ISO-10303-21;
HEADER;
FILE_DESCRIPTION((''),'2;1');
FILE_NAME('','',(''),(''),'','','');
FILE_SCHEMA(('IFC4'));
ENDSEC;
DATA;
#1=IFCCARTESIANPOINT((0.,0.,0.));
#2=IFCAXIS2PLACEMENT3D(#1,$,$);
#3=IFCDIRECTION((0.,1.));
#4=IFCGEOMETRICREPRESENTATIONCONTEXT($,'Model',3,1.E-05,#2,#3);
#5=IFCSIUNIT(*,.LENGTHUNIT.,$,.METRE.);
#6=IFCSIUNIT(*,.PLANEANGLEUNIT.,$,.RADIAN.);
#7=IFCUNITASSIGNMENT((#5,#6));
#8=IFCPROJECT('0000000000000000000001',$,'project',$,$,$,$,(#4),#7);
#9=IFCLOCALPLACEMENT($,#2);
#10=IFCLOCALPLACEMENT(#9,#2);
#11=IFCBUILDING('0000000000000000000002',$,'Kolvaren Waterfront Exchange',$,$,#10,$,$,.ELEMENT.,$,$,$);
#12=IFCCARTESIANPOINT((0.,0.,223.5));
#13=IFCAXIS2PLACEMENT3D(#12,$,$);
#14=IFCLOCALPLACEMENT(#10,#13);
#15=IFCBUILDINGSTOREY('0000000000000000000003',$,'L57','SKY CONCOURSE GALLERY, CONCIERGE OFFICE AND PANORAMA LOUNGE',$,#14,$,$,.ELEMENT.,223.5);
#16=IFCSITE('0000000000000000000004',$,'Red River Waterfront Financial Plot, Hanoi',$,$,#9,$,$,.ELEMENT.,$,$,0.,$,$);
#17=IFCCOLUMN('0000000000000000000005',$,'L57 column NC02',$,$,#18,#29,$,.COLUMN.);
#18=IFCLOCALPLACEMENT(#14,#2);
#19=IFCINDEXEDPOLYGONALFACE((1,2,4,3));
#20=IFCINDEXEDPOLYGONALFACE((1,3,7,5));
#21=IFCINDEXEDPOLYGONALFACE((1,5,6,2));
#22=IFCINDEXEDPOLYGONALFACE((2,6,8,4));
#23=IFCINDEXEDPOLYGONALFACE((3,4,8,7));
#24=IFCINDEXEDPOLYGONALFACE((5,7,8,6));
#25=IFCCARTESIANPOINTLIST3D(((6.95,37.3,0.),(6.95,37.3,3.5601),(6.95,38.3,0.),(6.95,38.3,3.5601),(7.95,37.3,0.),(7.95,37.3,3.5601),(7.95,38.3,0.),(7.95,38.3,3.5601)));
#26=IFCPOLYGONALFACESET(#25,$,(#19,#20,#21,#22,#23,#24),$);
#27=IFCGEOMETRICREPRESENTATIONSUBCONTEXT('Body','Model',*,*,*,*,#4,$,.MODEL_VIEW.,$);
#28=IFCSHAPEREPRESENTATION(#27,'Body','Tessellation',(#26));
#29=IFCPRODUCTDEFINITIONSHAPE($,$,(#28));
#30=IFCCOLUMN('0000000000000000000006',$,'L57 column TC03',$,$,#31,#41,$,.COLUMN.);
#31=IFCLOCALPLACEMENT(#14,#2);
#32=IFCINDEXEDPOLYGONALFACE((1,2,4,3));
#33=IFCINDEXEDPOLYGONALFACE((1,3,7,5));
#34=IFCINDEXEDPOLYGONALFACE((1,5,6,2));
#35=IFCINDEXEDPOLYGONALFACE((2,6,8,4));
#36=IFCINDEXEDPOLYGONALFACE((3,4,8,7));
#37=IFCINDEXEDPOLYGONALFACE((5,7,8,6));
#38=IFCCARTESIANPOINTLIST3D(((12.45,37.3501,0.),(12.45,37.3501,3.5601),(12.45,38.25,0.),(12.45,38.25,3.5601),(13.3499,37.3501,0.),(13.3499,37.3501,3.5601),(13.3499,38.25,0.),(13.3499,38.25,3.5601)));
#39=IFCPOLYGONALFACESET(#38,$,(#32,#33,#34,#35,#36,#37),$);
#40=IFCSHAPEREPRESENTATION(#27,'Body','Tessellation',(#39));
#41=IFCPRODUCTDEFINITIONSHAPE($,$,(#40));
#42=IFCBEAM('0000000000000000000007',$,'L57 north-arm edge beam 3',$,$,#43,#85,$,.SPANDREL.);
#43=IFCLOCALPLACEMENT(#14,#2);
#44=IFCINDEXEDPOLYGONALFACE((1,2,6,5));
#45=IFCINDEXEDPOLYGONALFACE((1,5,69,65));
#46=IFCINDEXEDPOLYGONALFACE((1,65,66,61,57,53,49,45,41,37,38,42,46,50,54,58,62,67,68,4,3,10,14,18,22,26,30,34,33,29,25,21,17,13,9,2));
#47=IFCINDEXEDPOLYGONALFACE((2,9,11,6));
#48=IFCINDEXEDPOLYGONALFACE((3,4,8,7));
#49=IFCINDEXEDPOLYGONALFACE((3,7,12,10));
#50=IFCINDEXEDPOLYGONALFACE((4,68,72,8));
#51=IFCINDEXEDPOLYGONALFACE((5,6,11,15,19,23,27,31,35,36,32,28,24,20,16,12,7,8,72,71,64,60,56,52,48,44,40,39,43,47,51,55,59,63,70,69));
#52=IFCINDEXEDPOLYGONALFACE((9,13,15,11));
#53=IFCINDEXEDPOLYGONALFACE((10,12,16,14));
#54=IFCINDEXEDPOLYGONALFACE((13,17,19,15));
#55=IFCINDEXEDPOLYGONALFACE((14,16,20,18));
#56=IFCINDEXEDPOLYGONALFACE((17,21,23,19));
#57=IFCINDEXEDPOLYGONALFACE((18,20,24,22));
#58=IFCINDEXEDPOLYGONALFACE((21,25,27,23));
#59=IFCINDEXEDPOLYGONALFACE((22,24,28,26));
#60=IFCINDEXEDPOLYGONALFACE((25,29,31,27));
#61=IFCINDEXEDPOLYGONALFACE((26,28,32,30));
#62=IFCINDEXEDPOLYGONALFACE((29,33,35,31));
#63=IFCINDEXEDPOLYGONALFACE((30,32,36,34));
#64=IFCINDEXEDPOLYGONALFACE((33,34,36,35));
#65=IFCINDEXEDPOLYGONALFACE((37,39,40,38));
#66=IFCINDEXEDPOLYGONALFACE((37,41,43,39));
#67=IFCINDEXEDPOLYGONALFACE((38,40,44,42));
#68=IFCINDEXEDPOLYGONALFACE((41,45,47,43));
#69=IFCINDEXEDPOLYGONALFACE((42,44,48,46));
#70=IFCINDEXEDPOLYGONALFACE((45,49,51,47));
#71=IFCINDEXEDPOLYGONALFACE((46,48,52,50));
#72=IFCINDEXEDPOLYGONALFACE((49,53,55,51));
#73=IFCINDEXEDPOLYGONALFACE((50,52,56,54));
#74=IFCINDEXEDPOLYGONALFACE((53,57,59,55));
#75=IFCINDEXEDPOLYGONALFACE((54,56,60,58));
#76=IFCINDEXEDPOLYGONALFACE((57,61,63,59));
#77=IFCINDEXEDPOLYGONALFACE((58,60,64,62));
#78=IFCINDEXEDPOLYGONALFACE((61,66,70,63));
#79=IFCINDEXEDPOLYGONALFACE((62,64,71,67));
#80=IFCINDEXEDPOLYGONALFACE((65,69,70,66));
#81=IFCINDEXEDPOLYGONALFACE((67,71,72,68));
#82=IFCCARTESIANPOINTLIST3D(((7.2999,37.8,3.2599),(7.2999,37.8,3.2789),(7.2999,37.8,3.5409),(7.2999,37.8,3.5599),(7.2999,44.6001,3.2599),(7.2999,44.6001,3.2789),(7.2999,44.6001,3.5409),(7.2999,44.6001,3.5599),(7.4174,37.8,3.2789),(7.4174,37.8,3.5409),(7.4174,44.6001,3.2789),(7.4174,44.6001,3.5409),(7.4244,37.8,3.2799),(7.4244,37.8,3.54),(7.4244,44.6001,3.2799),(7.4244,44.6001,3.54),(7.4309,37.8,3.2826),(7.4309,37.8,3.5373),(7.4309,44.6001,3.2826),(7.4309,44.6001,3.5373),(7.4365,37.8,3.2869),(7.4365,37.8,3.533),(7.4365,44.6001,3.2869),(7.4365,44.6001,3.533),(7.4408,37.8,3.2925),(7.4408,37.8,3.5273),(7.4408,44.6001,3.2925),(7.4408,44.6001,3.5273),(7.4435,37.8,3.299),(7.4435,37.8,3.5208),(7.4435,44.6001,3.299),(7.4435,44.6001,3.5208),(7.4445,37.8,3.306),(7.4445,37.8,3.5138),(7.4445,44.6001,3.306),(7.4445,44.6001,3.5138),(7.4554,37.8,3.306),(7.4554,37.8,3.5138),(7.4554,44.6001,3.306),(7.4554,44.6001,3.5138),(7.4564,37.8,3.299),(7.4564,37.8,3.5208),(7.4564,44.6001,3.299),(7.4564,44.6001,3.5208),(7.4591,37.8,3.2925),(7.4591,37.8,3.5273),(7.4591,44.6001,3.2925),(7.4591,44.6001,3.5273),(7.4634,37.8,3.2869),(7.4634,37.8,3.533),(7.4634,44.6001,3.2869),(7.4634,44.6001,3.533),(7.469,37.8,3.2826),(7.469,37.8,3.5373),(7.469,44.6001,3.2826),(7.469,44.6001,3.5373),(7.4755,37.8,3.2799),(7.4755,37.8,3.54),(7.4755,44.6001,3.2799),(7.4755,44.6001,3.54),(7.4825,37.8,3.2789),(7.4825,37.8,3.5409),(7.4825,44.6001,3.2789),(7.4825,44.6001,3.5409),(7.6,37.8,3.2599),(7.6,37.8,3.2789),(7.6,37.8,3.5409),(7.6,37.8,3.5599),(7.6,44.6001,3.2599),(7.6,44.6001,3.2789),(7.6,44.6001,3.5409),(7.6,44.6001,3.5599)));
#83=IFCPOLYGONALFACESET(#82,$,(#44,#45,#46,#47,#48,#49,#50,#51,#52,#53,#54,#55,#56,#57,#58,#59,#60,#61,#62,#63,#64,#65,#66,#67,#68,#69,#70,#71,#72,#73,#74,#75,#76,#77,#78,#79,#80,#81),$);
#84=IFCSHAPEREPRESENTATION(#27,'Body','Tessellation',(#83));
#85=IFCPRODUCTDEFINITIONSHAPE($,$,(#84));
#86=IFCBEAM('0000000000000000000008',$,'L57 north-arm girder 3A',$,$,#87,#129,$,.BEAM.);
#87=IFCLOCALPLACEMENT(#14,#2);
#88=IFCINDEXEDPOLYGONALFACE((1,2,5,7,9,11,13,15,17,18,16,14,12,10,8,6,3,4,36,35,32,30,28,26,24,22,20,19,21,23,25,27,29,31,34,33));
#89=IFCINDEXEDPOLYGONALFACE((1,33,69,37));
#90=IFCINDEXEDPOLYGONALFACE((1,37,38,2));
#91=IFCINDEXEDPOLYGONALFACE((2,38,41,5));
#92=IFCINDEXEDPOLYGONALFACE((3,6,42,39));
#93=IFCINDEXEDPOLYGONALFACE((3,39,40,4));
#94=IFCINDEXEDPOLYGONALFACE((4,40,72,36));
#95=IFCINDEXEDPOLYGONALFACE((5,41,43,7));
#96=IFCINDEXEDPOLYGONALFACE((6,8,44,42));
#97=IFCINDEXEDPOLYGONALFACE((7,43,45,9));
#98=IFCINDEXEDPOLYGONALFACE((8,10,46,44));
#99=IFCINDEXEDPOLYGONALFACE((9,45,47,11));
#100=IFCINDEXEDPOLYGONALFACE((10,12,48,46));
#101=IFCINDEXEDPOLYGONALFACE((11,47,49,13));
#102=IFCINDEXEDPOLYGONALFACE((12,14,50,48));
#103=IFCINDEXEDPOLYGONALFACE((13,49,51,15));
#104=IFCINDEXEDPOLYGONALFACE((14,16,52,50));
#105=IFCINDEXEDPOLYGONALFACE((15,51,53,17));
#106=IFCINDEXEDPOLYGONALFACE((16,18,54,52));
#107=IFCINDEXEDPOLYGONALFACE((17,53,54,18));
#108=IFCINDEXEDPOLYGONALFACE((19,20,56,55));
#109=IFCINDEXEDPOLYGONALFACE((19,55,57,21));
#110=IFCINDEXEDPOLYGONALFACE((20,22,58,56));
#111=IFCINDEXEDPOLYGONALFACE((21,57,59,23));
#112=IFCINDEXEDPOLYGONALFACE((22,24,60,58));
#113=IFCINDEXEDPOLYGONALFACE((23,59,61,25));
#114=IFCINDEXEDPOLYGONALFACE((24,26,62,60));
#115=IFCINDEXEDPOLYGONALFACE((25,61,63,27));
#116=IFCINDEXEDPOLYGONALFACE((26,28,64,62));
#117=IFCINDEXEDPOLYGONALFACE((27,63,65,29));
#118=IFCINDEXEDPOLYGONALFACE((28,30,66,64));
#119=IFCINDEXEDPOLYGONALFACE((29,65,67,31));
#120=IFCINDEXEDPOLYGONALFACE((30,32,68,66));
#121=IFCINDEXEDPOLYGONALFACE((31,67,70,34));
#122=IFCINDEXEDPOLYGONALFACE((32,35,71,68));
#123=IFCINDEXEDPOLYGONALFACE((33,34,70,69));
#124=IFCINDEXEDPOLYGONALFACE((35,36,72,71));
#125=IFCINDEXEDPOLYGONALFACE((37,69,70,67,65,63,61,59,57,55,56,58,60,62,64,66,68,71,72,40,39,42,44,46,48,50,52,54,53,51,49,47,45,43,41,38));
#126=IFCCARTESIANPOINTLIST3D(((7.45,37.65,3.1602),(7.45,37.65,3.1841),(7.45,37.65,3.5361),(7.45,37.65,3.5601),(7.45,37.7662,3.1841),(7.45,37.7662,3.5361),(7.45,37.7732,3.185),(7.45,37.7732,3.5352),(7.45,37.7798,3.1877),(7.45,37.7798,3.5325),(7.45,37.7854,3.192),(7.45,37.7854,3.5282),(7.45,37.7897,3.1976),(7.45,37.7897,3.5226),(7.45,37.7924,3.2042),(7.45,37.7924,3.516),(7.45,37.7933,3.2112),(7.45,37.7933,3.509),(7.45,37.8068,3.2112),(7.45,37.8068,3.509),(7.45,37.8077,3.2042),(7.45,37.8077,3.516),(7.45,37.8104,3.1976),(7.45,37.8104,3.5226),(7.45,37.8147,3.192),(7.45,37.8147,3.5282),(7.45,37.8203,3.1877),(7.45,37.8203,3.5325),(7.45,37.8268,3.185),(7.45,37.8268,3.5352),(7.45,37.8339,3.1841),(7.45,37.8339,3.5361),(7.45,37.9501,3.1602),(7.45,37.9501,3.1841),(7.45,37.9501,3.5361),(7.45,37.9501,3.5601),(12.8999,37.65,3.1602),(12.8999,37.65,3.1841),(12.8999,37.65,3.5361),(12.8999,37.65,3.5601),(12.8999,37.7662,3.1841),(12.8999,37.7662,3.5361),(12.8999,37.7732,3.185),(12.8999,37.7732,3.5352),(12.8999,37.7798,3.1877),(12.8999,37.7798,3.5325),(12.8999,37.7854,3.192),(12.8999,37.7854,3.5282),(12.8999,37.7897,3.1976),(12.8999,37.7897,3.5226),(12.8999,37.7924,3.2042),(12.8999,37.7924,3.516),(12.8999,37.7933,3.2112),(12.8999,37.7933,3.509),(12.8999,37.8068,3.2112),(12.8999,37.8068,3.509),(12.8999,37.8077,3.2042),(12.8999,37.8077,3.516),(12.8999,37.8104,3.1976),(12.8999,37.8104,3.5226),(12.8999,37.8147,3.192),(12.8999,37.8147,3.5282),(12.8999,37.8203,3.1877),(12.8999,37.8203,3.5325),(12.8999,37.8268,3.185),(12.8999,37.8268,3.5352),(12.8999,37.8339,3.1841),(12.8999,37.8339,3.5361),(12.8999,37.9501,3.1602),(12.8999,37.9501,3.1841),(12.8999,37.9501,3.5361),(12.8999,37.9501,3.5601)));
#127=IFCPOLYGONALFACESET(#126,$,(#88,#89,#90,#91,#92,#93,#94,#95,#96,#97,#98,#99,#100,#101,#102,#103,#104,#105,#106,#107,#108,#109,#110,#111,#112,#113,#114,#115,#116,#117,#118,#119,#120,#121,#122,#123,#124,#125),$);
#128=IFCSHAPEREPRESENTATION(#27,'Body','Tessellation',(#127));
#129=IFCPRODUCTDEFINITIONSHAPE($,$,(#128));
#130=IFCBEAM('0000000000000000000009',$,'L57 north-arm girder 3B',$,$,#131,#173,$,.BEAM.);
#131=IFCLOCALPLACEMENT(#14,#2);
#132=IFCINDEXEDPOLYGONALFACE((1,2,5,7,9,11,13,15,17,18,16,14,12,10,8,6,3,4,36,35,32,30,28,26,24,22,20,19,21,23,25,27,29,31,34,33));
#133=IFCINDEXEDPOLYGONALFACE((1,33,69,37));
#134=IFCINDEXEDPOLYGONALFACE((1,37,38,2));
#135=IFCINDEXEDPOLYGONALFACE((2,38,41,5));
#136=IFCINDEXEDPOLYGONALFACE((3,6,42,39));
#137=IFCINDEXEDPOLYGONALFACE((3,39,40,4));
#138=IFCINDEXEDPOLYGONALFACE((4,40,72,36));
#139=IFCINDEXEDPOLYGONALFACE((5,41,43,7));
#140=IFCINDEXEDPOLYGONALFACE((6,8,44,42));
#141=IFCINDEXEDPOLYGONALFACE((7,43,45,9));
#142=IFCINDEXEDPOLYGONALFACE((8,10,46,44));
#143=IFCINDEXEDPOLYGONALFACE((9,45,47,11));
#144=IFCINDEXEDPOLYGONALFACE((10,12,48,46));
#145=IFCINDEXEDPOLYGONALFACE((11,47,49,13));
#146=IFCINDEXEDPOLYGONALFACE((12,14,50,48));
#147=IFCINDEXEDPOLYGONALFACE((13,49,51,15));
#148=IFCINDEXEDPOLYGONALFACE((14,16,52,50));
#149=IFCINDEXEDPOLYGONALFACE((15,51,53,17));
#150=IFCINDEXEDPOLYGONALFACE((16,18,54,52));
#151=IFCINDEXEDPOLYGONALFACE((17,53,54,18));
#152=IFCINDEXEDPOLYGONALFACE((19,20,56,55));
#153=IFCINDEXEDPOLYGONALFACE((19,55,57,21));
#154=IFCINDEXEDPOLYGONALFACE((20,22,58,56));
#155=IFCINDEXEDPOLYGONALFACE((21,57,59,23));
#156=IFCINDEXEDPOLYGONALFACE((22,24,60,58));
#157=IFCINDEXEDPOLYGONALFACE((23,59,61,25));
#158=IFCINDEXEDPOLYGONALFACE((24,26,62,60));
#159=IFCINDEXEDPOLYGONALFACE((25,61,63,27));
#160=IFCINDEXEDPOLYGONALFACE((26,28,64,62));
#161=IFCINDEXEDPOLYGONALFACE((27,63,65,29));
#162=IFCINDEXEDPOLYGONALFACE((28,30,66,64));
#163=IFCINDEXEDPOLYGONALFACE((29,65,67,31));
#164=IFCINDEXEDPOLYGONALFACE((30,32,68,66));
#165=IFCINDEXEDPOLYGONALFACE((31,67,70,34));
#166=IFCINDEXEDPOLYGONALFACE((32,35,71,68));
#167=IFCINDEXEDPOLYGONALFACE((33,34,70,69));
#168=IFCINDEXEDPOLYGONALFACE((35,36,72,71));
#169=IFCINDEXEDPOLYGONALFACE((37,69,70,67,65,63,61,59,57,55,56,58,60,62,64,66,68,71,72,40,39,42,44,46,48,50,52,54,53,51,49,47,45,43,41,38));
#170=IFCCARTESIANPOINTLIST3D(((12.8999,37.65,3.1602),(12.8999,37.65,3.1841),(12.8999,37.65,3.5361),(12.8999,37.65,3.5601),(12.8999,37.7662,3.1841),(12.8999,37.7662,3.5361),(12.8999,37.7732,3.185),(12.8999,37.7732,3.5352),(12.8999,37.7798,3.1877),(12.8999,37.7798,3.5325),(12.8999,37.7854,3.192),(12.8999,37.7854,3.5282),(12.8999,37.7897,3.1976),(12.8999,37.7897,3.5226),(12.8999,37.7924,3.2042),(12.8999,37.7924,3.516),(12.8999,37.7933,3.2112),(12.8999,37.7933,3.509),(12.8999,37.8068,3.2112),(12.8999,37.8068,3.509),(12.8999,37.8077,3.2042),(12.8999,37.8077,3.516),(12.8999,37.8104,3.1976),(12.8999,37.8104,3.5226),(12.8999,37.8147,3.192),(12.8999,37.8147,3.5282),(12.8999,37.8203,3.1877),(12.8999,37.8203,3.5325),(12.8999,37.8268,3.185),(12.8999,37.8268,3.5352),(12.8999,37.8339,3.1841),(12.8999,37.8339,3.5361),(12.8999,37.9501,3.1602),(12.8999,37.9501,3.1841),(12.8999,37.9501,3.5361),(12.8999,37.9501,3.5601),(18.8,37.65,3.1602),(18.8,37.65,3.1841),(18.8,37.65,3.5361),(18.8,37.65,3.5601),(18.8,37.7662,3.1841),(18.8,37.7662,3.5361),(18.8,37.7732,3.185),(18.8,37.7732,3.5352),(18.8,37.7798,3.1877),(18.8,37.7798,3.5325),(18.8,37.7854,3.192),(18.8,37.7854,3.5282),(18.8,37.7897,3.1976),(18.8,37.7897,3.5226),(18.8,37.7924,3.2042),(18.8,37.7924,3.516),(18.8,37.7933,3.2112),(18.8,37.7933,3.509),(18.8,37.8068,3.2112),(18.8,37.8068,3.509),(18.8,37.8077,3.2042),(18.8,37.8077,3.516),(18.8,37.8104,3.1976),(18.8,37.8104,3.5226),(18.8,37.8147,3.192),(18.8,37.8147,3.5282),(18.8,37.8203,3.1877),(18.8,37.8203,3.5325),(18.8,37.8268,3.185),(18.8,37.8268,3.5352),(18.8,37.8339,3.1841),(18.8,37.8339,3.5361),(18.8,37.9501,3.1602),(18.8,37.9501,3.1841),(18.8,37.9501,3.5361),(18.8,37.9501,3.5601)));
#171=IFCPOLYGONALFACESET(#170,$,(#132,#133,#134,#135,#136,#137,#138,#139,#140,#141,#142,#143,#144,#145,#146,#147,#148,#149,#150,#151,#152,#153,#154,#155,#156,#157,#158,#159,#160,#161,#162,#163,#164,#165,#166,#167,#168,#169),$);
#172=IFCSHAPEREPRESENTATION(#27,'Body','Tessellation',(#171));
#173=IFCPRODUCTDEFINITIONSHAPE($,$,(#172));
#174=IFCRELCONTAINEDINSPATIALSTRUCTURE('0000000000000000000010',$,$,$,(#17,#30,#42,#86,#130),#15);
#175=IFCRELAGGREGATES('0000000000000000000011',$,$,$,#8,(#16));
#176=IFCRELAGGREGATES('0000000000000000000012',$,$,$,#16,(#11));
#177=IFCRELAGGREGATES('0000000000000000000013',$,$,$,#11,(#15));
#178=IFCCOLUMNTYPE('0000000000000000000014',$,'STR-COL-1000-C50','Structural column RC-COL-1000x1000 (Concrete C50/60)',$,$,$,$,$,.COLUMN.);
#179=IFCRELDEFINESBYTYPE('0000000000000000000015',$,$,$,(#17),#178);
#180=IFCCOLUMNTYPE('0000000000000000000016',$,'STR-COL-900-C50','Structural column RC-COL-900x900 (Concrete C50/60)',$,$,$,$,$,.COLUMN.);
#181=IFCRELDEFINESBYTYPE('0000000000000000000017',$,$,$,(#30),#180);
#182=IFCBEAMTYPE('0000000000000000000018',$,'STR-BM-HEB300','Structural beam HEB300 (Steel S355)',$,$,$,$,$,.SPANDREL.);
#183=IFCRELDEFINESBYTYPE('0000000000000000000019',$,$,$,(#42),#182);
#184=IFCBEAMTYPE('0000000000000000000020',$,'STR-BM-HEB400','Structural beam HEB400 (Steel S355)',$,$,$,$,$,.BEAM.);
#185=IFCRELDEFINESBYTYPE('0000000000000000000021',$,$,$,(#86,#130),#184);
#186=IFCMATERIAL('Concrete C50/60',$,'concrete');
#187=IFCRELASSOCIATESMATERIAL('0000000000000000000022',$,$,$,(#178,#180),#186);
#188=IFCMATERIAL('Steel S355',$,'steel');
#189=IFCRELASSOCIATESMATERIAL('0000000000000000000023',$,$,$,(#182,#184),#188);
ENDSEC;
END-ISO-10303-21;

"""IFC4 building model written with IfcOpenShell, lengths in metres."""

from ifc_helpers import new_model, si_unit, direction, frame, origin, origin_2d, place, context, subcontext, project, spatial, rectangle, i_section, extrude, material, material_profile, profile_set, type_object, element, save


model = new_model("IFC4")

# Units and contexts
model_context = context("Model", 3, precision=1e-05, world=origin(), true_north=direction((0.0, 1.0)))
body_context = subcontext(model_context, "Body", "Model", "MODEL_VIEW")
ifc_project = project(units=[si_unit("LENGTHUNIT", "METRE"), si_unit("PLANEANGLEUNIT", "RADIAN")], contexts=[model_context])

# Site, building, storey
site_placement = place(None, origin())
site = spatial("IfcSite", under=ifc_project, at=site_placement, Name="Red River Waterfront Financial Plot, Hanoi", CompositionType="ELEMENT", RefElevation=0.0)
building_placement = place(site_placement, origin())
building = spatial("IfcBuilding", under=site, at=building_placement, Name="Kolvaren Waterfront Exchange", CompositionType="ELEMENT")
storey_placement = place(building_placement, frame((0.0, 0.0, 223.5)))
storey = spatial("IfcBuildingStorey", under=building, at=storey_placement, Name="L57", Description="SKY CONCOURSE GALLERY, CONCIERGE OFFICE AND PANORAMA LOUNGE", CompositionType="ELEMENT", Elevation=223.5)

# Columns
ifc_material_1 = material(Name="Concrete C50/60", Category="concrete")
ifc_material_profile_1 = material_profile(ifc_material_1, rectangle(XDim=1.0, YDim=1.0, at=origin_2d()), Name="RC-COL-1000x1000")
ifc_profile_set_1 = profile_set([ifc_material_profile_1], Name="Concrete C50/60")
column_type_1 = type_object("IfcColumnType", Name="STR-COL-1000-C50", Description="Structural column RC-COL-1000x1000 (Concrete C50/60)", PredefinedType="COLUMN", material=ifc_profile_set_1)
column_1_placement = place(storey_placement, frame((7.45, 37.8, 0.0), z_axis=(0.0, 0.0, 1.0), x_axis=(1.0, 0.0, 0.0)))
element("IfcColumn", 1, at=column_1_placement, inside=storey, type_object=column_type_1, Name="L57 column NC02", PredefinedType="COLUMN", context=body_context, shape_type="SweptSolid", body=[
    extrude(rectangle(XDim=1.0, YDim=1.0, at=origin_2d()), origin(), (0.0, 0.0, 1.0), 3.5601),
])
ifc_material_profile_2 = material_profile(ifc_material_1, rectangle(XDim=0.8999, YDim=0.8999, at=origin_2d()), Name="RC-COL-900x900")
ifc_profile_set_2 = profile_set([ifc_material_profile_2], Name="Concrete C50/60")
column_type_2 = type_object("IfcColumnType", Name="STR-COL-900-C50", Description="Structural column RC-COL-900x900 (Concrete C50/60)", PredefinedType="COLUMN", material=ifc_profile_set_2)
column_2_placement = place(storey_placement, frame((12.8999, 37.8, 0.0), z_axis=(0.0, 0.0, 1.0), x_axis=(1.0, 0.0, 0.0)))
element("IfcColumn", 2, at=column_2_placement, inside=storey, type_object=column_type_2, Name="L57 column TC03", PredefinedType="COLUMN", context=body_context, shape_type="SweptSolid", body=[
    extrude(rectangle(XDim=0.8999, YDim=0.8999, at=origin_2d()), origin(), (0.0, 0.0, 1.0), 3.5601),
])

# Beams
ifc_material_2 = material(Name="Steel S355", Category="steel")
ifc_material_profile_3 = material_profile(ifc_material_2, i_section(OverallWidth=0.3, OverallDepth=0.3, WebThickness=0.011, FlangeThickness=0.019, FilletRadius=0.0271, at=origin_2d()), Name="HEB300")
ifc_profile_set_3 = profile_set([ifc_material_profile_3], Name="Steel S355")
beam_type_1 = type_object("IfcBeamType", Name="STR-BM-HEB300", Description="Structural beam HEB300 (Steel S355)", PredefinedType="SPANDREL", material=ifc_profile_set_3)
beam_1_placement = place(storey_placement, frame((7.45, 37.8, 3.4099), z_axis=(0.0, 1.0, 0.0), x_axis=(-1.0, 0.0, 0.0)))
element("IfcBeam", 3, at=beam_1_placement, inside=storey, type_object=beam_type_1, Name="L57 north-arm edge beam 3", PredefinedType="SPANDREL", context=body_context, shape_type="SweptSolid", body=[
    extrude(i_section(OverallWidth=0.3, OverallDepth=0.3, WebThickness=0.011, FlangeThickness=0.019, FilletRadius=0.0271, at=origin_2d()), origin(), (0.0, 0.0, 1.0), 6.8),
])
ifc_material_profile_4 = material_profile(ifc_material_2, i_section(OverallWidth=0.3, OverallDepth=0.3999, WebThickness=0.0134, FlangeThickness=0.0239, FilletRadius=0.0271, at=origin_2d()), Name="HEB400")
ifc_profile_set_4 = profile_set([ifc_material_profile_4], Name="Steel S355")
beam_type_2 = type_object("IfcBeamType", Name="STR-BM-HEB400", Description="Structural beam HEB400 (Steel S355)", PredefinedType="BEAM", material=ifc_profile_set_4)
beam_2_placement = place(storey_placement, frame((7.45, 37.8, 3.3601), z_axis=(1.0, 0.0, 0.0), x_axis=(0.0, 1.0, 0.0)))
element("IfcBeam", 4, at=beam_2_placement, inside=storey, type_object=beam_type_2, Name="L57 north-arm girder 3A", PredefinedType="BEAM", context=body_context, shape_type="SweptSolid", body=[
    extrude(i_section(OverallWidth=0.3, OverallDepth=0.3999, WebThickness=0.0134, FlangeThickness=0.0239, FilletRadius=0.0271, at=origin_2d()), origin(), (0.0, 0.0, 1.0), 5.45),
])
beam_3_placement = place(storey_placement, frame((12.8999, 37.8, 3.3601), z_axis=(1.0, 0.0, 0.0), x_axis=(0.0, 1.0, 0.0)))
element("IfcBeam", 5, at=beam_3_placement, inside=storey, type_object=beam_type_2, Name="L57 north-arm girder 3B", PredefinedType="BEAM", context=body_context, shape_type="SweptSolid", body=[
    extrude(i_section(OverallWidth=0.3, OverallDepth=0.3999, WebThickness=0.0134, FlangeThickness=0.0239, FilletRadius=0.0271, at=origin_2d()), origin(), (0.0, 0.0, 1.0), 5.9001),
])

save(model, "model.ifc")
